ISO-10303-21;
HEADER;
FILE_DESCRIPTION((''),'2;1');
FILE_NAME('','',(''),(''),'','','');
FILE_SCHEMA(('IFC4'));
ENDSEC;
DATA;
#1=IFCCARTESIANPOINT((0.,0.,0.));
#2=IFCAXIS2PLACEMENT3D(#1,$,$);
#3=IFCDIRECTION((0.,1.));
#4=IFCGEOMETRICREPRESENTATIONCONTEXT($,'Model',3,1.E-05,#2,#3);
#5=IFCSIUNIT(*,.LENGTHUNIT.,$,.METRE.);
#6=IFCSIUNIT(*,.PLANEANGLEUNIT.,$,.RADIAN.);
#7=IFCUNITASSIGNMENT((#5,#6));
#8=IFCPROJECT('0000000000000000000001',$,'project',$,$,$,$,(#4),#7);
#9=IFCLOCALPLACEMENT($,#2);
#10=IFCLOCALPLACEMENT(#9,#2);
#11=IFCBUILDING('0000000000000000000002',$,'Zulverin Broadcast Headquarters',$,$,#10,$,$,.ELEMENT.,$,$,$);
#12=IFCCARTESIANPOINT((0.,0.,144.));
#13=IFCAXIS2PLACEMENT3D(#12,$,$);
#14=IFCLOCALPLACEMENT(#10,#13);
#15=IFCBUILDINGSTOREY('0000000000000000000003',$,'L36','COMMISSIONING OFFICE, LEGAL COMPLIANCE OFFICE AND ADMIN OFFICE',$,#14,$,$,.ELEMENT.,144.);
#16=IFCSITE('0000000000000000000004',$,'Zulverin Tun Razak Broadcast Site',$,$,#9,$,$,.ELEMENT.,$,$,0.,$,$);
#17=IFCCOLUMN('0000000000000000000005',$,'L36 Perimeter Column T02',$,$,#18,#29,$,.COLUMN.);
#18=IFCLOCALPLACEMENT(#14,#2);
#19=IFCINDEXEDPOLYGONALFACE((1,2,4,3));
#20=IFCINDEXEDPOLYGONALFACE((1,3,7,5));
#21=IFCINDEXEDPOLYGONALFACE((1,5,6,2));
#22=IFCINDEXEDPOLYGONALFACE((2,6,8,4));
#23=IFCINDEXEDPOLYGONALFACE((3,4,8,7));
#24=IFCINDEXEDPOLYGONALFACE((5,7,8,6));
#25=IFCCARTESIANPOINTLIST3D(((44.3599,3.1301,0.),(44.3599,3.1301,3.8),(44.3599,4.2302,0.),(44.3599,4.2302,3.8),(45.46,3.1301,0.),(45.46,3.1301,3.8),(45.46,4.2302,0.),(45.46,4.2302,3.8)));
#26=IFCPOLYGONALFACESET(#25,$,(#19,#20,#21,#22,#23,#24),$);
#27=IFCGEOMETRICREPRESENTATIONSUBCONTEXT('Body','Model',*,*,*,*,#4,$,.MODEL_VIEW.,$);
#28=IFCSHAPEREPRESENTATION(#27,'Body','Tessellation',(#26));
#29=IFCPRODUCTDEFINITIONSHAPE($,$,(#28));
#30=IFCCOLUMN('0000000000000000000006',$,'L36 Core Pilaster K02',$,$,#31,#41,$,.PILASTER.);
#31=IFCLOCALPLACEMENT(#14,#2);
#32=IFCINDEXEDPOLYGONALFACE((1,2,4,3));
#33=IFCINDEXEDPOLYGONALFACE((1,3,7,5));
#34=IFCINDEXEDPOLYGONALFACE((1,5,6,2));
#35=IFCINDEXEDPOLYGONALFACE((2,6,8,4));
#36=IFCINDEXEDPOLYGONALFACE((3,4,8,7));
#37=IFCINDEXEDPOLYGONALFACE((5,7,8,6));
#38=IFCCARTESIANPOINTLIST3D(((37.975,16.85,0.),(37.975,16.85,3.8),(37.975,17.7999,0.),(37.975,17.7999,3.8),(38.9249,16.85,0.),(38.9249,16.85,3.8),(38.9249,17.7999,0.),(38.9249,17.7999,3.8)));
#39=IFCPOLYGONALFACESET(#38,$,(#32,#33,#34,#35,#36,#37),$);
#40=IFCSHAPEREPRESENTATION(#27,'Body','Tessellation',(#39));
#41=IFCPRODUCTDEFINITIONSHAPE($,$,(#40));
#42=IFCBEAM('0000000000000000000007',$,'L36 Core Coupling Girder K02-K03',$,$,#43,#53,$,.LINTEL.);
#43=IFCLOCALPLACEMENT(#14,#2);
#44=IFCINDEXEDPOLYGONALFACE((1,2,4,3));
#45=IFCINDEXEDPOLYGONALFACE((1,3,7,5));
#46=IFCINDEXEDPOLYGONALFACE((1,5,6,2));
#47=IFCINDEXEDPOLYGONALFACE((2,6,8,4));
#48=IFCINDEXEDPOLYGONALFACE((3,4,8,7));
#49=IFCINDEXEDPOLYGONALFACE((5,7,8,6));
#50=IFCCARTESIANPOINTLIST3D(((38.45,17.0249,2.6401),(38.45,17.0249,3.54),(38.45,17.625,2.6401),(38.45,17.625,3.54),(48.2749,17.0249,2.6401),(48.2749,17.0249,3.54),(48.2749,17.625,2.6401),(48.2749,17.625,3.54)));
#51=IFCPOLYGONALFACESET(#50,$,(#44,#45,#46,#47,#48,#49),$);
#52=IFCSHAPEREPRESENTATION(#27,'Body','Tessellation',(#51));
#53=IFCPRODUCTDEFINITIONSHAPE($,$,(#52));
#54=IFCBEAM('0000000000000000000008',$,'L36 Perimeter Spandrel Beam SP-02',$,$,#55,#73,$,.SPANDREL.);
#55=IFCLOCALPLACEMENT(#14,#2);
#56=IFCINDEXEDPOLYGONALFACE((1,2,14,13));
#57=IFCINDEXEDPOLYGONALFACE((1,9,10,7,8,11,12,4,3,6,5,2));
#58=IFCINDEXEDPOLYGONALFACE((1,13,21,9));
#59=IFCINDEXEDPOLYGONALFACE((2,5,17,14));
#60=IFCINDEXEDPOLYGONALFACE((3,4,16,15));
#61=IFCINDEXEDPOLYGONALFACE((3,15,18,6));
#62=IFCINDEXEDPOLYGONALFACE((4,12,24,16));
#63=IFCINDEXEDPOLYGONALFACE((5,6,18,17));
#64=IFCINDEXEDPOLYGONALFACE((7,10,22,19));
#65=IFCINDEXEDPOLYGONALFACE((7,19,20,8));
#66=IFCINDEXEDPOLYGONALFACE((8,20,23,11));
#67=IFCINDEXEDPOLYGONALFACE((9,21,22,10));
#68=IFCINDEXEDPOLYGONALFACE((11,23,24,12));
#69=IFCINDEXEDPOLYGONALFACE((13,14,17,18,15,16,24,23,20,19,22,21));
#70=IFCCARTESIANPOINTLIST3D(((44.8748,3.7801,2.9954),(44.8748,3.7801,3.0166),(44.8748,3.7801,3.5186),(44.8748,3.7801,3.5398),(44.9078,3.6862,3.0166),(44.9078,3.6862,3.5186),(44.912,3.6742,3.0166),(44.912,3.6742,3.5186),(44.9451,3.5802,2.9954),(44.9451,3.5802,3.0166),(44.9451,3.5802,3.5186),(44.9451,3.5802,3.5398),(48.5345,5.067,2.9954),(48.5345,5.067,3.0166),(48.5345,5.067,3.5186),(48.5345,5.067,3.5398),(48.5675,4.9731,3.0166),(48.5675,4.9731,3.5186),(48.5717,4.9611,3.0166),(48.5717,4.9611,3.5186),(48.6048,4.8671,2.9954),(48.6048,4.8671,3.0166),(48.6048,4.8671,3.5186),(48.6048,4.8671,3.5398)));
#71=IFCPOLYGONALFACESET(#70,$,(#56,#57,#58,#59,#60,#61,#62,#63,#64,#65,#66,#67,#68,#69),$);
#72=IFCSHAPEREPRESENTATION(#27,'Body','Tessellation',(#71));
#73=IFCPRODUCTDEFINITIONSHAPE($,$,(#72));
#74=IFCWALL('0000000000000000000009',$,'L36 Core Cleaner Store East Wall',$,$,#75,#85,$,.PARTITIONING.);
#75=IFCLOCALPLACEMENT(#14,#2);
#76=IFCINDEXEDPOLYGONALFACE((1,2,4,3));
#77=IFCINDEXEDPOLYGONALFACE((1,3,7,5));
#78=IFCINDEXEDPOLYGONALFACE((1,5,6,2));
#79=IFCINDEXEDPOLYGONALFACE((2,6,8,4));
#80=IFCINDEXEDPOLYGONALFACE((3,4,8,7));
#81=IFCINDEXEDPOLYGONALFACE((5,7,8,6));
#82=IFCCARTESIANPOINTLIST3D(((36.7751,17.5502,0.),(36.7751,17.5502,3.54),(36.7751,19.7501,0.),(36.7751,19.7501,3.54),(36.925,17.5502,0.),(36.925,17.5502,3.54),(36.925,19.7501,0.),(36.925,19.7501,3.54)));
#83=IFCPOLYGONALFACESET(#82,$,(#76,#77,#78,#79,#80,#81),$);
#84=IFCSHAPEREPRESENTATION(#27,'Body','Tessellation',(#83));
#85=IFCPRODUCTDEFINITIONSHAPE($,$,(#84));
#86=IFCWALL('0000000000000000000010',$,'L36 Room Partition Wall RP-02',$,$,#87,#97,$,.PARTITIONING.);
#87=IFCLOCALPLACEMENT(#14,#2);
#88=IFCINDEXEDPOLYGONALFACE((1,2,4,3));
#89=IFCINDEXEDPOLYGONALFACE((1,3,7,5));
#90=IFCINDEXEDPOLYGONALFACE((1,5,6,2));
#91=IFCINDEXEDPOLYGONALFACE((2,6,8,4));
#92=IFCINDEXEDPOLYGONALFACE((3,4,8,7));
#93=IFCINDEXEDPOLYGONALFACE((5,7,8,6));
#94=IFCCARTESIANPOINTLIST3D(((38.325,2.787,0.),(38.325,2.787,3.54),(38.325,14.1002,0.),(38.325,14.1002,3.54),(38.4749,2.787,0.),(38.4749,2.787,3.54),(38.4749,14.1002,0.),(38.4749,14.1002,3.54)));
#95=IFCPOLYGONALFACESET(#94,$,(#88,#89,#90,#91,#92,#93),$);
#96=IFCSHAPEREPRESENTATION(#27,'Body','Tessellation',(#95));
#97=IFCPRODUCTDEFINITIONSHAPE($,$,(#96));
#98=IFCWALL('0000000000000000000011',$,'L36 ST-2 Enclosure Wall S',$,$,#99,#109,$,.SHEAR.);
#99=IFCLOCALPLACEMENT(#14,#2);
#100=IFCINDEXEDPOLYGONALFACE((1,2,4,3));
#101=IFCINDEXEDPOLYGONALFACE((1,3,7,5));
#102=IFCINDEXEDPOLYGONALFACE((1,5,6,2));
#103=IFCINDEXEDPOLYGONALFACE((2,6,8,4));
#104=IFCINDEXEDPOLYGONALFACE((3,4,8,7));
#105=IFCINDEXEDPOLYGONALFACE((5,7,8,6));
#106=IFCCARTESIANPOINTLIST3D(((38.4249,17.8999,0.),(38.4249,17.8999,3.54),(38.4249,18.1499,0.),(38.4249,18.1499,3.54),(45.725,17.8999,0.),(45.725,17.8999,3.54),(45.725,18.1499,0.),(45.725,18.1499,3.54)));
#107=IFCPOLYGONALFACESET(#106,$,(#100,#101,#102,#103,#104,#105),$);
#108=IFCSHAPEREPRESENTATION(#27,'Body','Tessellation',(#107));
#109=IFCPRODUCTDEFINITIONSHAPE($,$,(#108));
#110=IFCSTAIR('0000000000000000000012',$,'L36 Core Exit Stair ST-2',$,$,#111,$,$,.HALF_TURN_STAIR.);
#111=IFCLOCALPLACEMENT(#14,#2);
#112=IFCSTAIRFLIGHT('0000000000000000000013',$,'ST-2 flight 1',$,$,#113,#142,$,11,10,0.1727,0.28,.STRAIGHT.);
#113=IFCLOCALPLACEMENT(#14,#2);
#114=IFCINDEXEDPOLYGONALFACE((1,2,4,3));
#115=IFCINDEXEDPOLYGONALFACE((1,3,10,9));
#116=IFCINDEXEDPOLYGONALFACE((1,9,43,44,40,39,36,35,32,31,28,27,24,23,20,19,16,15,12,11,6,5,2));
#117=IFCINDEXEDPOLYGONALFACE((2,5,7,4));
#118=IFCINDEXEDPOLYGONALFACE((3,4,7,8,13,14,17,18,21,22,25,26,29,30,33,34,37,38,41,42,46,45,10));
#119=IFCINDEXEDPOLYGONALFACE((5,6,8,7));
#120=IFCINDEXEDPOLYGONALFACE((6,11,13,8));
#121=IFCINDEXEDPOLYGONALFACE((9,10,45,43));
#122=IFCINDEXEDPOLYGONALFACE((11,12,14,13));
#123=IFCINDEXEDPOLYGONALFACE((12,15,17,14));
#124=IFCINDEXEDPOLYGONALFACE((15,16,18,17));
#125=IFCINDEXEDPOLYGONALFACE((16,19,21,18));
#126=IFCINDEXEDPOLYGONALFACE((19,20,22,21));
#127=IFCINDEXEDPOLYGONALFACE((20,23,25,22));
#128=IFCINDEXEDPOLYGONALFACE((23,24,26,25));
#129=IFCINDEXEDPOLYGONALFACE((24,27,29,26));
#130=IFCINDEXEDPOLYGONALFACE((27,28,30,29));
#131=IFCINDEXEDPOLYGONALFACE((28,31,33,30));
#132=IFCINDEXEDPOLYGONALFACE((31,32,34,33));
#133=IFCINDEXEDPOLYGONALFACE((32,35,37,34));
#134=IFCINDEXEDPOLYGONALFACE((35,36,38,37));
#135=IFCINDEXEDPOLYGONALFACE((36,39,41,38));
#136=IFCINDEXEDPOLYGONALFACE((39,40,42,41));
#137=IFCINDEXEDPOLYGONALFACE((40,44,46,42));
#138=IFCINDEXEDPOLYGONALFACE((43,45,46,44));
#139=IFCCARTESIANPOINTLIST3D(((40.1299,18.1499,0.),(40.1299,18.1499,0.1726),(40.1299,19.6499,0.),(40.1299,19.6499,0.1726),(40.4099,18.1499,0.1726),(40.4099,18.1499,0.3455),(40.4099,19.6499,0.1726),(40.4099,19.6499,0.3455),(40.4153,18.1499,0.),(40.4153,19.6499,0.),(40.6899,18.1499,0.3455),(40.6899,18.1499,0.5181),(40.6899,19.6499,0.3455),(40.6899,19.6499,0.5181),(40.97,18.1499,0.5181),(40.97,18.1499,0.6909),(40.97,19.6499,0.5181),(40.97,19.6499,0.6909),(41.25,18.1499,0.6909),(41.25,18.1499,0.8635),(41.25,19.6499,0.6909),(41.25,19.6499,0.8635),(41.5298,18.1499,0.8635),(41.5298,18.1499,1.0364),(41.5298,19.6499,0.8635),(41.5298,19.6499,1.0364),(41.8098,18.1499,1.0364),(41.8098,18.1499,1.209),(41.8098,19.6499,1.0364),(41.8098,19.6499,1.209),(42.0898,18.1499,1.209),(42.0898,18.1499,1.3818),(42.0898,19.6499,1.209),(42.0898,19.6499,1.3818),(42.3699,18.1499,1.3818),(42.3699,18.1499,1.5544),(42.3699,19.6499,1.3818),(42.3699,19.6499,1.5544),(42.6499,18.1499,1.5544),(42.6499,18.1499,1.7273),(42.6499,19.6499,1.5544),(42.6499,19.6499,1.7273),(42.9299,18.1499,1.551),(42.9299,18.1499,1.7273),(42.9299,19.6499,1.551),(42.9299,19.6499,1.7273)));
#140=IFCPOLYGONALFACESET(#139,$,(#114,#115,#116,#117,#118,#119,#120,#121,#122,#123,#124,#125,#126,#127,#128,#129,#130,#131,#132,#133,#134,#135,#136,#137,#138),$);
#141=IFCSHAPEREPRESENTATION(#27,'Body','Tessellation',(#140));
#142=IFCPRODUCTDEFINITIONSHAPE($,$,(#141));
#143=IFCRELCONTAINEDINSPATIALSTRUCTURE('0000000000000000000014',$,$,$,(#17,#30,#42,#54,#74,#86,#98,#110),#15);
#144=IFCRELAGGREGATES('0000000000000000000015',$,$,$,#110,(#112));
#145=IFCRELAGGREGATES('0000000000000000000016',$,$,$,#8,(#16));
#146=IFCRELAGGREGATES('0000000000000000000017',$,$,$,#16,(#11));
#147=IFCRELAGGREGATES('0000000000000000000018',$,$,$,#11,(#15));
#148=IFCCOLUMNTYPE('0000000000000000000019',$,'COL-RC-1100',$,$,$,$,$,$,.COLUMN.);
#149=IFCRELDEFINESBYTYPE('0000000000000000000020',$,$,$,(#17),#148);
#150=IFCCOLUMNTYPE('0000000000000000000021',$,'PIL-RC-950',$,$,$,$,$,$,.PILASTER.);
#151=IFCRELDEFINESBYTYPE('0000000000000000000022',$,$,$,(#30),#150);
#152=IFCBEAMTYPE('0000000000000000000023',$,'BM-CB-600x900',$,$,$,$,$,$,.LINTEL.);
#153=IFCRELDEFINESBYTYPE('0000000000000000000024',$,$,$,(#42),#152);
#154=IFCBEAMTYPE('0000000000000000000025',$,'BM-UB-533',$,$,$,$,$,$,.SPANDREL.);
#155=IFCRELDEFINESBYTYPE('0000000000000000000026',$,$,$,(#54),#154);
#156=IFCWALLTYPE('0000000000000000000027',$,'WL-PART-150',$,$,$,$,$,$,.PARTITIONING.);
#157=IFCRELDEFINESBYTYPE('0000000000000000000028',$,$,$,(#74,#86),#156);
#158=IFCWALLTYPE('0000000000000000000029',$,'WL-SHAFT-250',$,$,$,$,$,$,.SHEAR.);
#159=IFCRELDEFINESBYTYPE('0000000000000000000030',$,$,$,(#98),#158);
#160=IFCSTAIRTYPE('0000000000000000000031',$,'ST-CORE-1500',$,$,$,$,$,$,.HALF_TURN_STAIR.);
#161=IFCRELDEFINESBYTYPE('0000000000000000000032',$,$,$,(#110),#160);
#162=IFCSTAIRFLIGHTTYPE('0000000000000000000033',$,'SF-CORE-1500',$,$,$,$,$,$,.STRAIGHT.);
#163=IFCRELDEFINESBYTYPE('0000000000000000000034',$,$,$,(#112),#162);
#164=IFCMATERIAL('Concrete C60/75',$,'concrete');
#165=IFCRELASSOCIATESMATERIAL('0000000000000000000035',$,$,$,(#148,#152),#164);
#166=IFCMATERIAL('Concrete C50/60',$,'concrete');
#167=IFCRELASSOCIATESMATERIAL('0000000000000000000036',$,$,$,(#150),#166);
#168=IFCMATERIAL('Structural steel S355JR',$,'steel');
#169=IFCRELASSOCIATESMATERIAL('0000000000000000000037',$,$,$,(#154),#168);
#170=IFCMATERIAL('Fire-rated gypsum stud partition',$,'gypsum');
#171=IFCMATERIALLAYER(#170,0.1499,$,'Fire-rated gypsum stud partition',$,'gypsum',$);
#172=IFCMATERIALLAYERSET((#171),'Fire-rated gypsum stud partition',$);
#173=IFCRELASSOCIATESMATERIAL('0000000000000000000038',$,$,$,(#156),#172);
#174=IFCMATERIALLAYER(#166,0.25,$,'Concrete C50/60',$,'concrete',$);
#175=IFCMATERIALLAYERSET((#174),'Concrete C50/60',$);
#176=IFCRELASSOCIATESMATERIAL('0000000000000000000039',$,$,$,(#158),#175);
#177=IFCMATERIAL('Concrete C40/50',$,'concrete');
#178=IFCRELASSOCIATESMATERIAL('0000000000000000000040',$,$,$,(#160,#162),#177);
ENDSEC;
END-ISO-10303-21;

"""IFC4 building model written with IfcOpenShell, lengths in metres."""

from ifc_helpers import new_model, si_unit, direction, frame, frame_2d, origin, origin_2d, place, context, subcontext, project, spatial, polyline, rectangle, i_section, outline, extrude, material, layer, layer_set, material_profile, profile_set, type_object, element, aggregate, save


model = new_model("IFC4")

# Units and contexts
model_context = context("Model", 3, precision=1e-05, world=origin(), true_north=direction((0.0, 1.0)))
body_context = subcontext(model_context, "Body", "Model", "MODEL_VIEW")
ifc_project = project(units=[si_unit("LENGTHUNIT", "METRE"), si_unit("PLANEANGLEUNIT", "RADIAN")], contexts=[model_context])

# Site, building, storey
site_placement = place(None, origin())
site = spatial("IfcSite", under=ifc_project, at=site_placement, Name="Zulverin Tun Razak Broadcast Site", CompositionType="ELEMENT", RefElevation=0.0)
building_placement = place(site_placement, origin())
building = spatial("IfcBuilding", under=site, at=building_placement, Name="Zulverin Broadcast Headquarters", CompositionType="ELEMENT")
storey_placement = place(building_placement, frame((0.0, 0.0, 144.0)))
storey = spatial("IfcBuildingStorey", under=building, at=storey_placement, Name="L36", Description="COMMISSIONING OFFICE, LEGAL COMPLIANCE OFFICE AND ADMIN OFFICE", CompositionType="ELEMENT", Elevation=144.0)

# Columns
ifc_material_1 = material(Name="Concrete C60/75", Category="concrete")
ifc_material_profile_1 = material_profile(ifc_material_1, rectangle(XDim=1.1001, YDim=1.1001, at=origin_2d()), Name="Concrete C60/75", Category="concrete")
ifc_profile_set_1 = profile_set([ifc_material_profile_1], Name="Concrete C60/75")
column_type_1 = type_object("IfcColumnType", Name="COL-RC-1100", PredefinedType="COLUMN", material=ifc_profile_set_1)
column_1_placement = place(storey_placement, frame((44.9099, 3.6802, 0.0), z_axis=(0.0, 0.0, 1.0), x_axis=(1.0, 0.0, 0.0)))
element("IfcColumn", 1, at=column_1_placement, inside=storey, type_object=column_type_1, Name="L36 Perimeter Column T02", PredefinedType="COLUMN", context=body_context, shape_type="SweptSolid", body=[
    extrude(rectangle(XDim=1.1001, YDim=1.1001, at=origin_2d()), origin(), (0.0, 0.0, 1.0), 3.8),
])
ifc_material_2 = material(Name="Concrete C50/60", Category="concrete")
ifc_material_profile_2 = material_profile(ifc_material_2, rectangle(XDim=0.95, YDim=0.95, at=origin_2d()), Name="Concrete C50/60", Category="concrete")
ifc_profile_set_2 = profile_set([ifc_material_profile_2], Name="Concrete C50/60")
column_type_2 = type_object("IfcColumnType", Name="PIL-RC-950", PredefinedType="PILASTER", material=ifc_profile_set_2)
column_2_placement = place(storey_placement, frame((38.45, 17.325, 0.0), z_axis=(0.0, 0.0, 1.0), x_axis=(1.0, 0.0, 0.0)))
element("IfcColumn", 2, at=column_2_placement, inside=storey, type_object=column_type_2, Name="L36 Core Pilaster K02", PredefinedType="PILASTER", context=body_context, shape_type="SweptSolid", body=[
    extrude(rectangle(XDim=0.95, YDim=0.95, at=origin_2d()), origin(), (0.0, 0.0, 1.0), 3.8),
])

# Beams
ifc_material_profile_3 = material_profile(ifc_material_1, rectangle(XDim=0.6001, YDim=0.8999, at=origin_2d()), Name="Concrete C60/75", Category="concrete")
ifc_profile_set_3 = profile_set([ifc_material_profile_3], Name="Concrete C60/75")
beam_type_1 = type_object("IfcBeamType", Name="BM-CB-600x900", PredefinedType="LINTEL", material=ifc_profile_set_3)
beam_1_placement = place(storey_placement, frame((38.45, 17.325, 3.0901), z_axis=(1.0, 0.0, 0.0), x_axis=(0.0, 1.0, 0.0)))
element("IfcBeam", 3, at=beam_1_placement, inside=storey, type_object=beam_type_1, Name="L36 Core Coupling Girder K02-K03", PredefinedType="LINTEL", context=body_context, shape_type="SweptSolid", body=[
    extrude(rectangle(XDim=0.6001, YDim=0.8999, at=origin_2d()), origin(), (0.0, 0.0, 1.0), 9.825),
])
ifc_material_3 = material(Name="Structural steel S355JR", Category="steel")
ifc_material_profile_4 = material_profile(ifc_material_3, i_section(OverallWidth=0.2119, OverallDepth=0.5444, WebThickness=0.0127, FlangeThickness=0.0212, at=origin_2d()), Name="Structural steel S355JR", Category="steel")
ifc_profile_set_4 = profile_set([ifc_material_profile_4], Name="Structural steel S355JR")
beam_type_2 = type_object("IfcBeamType", Name="BM-UB-533", PredefinedType="SPANDREL", material=ifc_profile_set_4)
beam_2_placement = place(storey_placement, frame((44.9099, 3.6802, 3.2676), z_axis=(0.943377, 0.331724, 0.0), x_axis=(-0.331724, 0.943377, 0.0)))
element("IfcBeam", 4, at=beam_2_placement, inside=storey, type_object=beam_type_2, Name="L36 Perimeter Spandrel Beam SP-02", PredefinedType="SPANDREL", context=body_context, shape_type="SweptSolid", body=[
    extrude(i_section(OverallWidth=0.2119, OverallDepth=0.5444, WebThickness=0.0127, FlangeThickness=0.0212, at=origin_2d()), origin(), (0.0, 0.0, 1.0), 3.8794),
])

# Walls
ifc_material_4 = material(Name="Fire-rated gypsum stud partition", Category="gypsum")
ifc_layer_1 = layer(ifc_material_4, 0.1499, Name="Fire-rated gypsum stud partition", Category="gypsum")
ifc_layer_set_1 = layer_set([ifc_layer_1], Name="Fire-rated gypsum stud partition")
wall_type_1 = type_object("IfcWallType", Name="WL-PART-150", PredefinedType="PARTITIONING", material=ifc_layer_set_1)
wall_1_placement = place(storey_placement, frame((36.8501, 17.55, 0.0), z_axis=(0.0, 0.0, 1.0), x_axis=(0.0, 1.0, 0.0)))
element("IfcWall", 5, at=wall_1_placement, inside=storey, type_object=wall_type_1, Name="L36 Core Cleaner Store East Wall", PredefinedType="PARTITIONING", context=body_context, shape_type="SweptSolid", body=[
    extrude(rectangle(XDim=2.2, YDim=0.1499, at=frame_2d((1.1001, 0.0))), origin(), (0.0, 0.0, 1.0), 3.54),
])
wall_2_placement = place(storey_placement, frame((38.3999, 2.7869, 0.0), z_axis=(0.0, 0.0, 1.0), x_axis=(0.0, 1.0, 0.0)))
element("IfcWall", 6, at=wall_2_placement, inside=storey, type_object=wall_type_1, Name="L36 Room Partition Wall RP-02", PredefinedType="PARTITIONING", context=body_context, shape_type="SweptSolid", body=[
    extrude(rectangle(XDim=11.3132, YDim=0.1499, at=frame_2d((5.6567, 0.0))), origin(), (0.0, 0.0, 1.0), 3.54),
])
ifc_layer_2 = layer(ifc_material_2, 0.25, Name="Concrete C50/60", Category="concrete")
ifc_layer_set_2 = layer_set([ifc_layer_2], Name="Concrete C50/60")
wall_type_2 = type_object("IfcWallType", Name="WL-SHAFT-250", PredefinedType="SHEAR", material=ifc_layer_set_2)
wall_3_placement = place(storey_placement, frame((38.425, 18.0249, 0.0), z_axis=(0.0, 0.0, 1.0), x_axis=(1.0, 0.0, 0.0)))
element("IfcWall", 7, at=wall_3_placement, inside=storey, type_object=wall_type_2, Name="L36 ST-2 Enclosure Wall S", PredefinedType="SHEAR", context=body_context, shape_type="SweptSolid", body=[
    extrude(rectangle(XDim=7.3, YDim=0.25, at=frame_2d((3.6499, 0.0))), origin(), (0.0, 0.0, 1.0), 3.54),
])

# Stair, stair flight
ifc_material_5 = material(Name="Concrete C40/50", Category="concrete")
stair_type = type_object("IfcStairType", Name="ST-CORE-1500", PredefinedType="HALF_TURN_STAIR", material=ifc_material_5)
stair_placement = place(storey_placement, origin())
stair = element("IfcStair", 8, at=stair_placement, inside=storey, type_object=stair_type, Name="L36 Core Exit Stair ST-2", PredefinedType="HALF_TURN_STAIR")
stair_flight_type = type_object("IfcStairFlightType", Name="SF-CORE-1500", PredefinedType="STRAIGHT", material=ifc_material_5)
stair_flight_placement = place(storey_placement, frame((40.1299, 18.8999, 0.0), z_axis=(0.0, 0.0, 1.0), x_axis=(1.0, 0.0, 0.0)))
stair_flight = element("IfcStairFlight", 9, at=stair_flight_placement, type_object=stair_flight_type, Name="ST-2 flight 1", NumberOfRisers=11, NumberOfTreads=10, PredefinedType="STRAIGHT", RiserHeight=0.1727, TreadLength=0.28, context=body_context, shape_type="SweptSolid", body=[
    extrude(outline(polyline([(0.0, 0.0), (0.0, 0.1726), (0.28, 0.1726), (0.28, 0.3455), (0.5601, 0.3455), (0.5601, 0.5181), (0.8401, 0.5181), (0.8401, 0.6909), (1.1201, 0.6909), (1.1201, 0.8635), (1.3999, 0.8635), (1.3999, 1.0364), (1.6799, 1.0364), (1.6799, 1.209), (1.96, 1.209), (1.96, 1.3818), (2.24, 1.3818), (2.24, 1.5544), (2.52, 1.5544), (2.52, 1.7273), (2.8, 1.7273), (2.8, 1.8999), (2.8, 1.551), (0.2854, 0.0), (0.0, 0.0)])), frame((0.0, 0.75, 0.0), z_axis=(0.0, -1.0, 0.0), x_axis=(1.0, 0.0, 0.0)), (0.0, 0.0, 1.0), 1.5),
])
aggregate(stair, [stair_flight])

save(model, "model.ifc")
